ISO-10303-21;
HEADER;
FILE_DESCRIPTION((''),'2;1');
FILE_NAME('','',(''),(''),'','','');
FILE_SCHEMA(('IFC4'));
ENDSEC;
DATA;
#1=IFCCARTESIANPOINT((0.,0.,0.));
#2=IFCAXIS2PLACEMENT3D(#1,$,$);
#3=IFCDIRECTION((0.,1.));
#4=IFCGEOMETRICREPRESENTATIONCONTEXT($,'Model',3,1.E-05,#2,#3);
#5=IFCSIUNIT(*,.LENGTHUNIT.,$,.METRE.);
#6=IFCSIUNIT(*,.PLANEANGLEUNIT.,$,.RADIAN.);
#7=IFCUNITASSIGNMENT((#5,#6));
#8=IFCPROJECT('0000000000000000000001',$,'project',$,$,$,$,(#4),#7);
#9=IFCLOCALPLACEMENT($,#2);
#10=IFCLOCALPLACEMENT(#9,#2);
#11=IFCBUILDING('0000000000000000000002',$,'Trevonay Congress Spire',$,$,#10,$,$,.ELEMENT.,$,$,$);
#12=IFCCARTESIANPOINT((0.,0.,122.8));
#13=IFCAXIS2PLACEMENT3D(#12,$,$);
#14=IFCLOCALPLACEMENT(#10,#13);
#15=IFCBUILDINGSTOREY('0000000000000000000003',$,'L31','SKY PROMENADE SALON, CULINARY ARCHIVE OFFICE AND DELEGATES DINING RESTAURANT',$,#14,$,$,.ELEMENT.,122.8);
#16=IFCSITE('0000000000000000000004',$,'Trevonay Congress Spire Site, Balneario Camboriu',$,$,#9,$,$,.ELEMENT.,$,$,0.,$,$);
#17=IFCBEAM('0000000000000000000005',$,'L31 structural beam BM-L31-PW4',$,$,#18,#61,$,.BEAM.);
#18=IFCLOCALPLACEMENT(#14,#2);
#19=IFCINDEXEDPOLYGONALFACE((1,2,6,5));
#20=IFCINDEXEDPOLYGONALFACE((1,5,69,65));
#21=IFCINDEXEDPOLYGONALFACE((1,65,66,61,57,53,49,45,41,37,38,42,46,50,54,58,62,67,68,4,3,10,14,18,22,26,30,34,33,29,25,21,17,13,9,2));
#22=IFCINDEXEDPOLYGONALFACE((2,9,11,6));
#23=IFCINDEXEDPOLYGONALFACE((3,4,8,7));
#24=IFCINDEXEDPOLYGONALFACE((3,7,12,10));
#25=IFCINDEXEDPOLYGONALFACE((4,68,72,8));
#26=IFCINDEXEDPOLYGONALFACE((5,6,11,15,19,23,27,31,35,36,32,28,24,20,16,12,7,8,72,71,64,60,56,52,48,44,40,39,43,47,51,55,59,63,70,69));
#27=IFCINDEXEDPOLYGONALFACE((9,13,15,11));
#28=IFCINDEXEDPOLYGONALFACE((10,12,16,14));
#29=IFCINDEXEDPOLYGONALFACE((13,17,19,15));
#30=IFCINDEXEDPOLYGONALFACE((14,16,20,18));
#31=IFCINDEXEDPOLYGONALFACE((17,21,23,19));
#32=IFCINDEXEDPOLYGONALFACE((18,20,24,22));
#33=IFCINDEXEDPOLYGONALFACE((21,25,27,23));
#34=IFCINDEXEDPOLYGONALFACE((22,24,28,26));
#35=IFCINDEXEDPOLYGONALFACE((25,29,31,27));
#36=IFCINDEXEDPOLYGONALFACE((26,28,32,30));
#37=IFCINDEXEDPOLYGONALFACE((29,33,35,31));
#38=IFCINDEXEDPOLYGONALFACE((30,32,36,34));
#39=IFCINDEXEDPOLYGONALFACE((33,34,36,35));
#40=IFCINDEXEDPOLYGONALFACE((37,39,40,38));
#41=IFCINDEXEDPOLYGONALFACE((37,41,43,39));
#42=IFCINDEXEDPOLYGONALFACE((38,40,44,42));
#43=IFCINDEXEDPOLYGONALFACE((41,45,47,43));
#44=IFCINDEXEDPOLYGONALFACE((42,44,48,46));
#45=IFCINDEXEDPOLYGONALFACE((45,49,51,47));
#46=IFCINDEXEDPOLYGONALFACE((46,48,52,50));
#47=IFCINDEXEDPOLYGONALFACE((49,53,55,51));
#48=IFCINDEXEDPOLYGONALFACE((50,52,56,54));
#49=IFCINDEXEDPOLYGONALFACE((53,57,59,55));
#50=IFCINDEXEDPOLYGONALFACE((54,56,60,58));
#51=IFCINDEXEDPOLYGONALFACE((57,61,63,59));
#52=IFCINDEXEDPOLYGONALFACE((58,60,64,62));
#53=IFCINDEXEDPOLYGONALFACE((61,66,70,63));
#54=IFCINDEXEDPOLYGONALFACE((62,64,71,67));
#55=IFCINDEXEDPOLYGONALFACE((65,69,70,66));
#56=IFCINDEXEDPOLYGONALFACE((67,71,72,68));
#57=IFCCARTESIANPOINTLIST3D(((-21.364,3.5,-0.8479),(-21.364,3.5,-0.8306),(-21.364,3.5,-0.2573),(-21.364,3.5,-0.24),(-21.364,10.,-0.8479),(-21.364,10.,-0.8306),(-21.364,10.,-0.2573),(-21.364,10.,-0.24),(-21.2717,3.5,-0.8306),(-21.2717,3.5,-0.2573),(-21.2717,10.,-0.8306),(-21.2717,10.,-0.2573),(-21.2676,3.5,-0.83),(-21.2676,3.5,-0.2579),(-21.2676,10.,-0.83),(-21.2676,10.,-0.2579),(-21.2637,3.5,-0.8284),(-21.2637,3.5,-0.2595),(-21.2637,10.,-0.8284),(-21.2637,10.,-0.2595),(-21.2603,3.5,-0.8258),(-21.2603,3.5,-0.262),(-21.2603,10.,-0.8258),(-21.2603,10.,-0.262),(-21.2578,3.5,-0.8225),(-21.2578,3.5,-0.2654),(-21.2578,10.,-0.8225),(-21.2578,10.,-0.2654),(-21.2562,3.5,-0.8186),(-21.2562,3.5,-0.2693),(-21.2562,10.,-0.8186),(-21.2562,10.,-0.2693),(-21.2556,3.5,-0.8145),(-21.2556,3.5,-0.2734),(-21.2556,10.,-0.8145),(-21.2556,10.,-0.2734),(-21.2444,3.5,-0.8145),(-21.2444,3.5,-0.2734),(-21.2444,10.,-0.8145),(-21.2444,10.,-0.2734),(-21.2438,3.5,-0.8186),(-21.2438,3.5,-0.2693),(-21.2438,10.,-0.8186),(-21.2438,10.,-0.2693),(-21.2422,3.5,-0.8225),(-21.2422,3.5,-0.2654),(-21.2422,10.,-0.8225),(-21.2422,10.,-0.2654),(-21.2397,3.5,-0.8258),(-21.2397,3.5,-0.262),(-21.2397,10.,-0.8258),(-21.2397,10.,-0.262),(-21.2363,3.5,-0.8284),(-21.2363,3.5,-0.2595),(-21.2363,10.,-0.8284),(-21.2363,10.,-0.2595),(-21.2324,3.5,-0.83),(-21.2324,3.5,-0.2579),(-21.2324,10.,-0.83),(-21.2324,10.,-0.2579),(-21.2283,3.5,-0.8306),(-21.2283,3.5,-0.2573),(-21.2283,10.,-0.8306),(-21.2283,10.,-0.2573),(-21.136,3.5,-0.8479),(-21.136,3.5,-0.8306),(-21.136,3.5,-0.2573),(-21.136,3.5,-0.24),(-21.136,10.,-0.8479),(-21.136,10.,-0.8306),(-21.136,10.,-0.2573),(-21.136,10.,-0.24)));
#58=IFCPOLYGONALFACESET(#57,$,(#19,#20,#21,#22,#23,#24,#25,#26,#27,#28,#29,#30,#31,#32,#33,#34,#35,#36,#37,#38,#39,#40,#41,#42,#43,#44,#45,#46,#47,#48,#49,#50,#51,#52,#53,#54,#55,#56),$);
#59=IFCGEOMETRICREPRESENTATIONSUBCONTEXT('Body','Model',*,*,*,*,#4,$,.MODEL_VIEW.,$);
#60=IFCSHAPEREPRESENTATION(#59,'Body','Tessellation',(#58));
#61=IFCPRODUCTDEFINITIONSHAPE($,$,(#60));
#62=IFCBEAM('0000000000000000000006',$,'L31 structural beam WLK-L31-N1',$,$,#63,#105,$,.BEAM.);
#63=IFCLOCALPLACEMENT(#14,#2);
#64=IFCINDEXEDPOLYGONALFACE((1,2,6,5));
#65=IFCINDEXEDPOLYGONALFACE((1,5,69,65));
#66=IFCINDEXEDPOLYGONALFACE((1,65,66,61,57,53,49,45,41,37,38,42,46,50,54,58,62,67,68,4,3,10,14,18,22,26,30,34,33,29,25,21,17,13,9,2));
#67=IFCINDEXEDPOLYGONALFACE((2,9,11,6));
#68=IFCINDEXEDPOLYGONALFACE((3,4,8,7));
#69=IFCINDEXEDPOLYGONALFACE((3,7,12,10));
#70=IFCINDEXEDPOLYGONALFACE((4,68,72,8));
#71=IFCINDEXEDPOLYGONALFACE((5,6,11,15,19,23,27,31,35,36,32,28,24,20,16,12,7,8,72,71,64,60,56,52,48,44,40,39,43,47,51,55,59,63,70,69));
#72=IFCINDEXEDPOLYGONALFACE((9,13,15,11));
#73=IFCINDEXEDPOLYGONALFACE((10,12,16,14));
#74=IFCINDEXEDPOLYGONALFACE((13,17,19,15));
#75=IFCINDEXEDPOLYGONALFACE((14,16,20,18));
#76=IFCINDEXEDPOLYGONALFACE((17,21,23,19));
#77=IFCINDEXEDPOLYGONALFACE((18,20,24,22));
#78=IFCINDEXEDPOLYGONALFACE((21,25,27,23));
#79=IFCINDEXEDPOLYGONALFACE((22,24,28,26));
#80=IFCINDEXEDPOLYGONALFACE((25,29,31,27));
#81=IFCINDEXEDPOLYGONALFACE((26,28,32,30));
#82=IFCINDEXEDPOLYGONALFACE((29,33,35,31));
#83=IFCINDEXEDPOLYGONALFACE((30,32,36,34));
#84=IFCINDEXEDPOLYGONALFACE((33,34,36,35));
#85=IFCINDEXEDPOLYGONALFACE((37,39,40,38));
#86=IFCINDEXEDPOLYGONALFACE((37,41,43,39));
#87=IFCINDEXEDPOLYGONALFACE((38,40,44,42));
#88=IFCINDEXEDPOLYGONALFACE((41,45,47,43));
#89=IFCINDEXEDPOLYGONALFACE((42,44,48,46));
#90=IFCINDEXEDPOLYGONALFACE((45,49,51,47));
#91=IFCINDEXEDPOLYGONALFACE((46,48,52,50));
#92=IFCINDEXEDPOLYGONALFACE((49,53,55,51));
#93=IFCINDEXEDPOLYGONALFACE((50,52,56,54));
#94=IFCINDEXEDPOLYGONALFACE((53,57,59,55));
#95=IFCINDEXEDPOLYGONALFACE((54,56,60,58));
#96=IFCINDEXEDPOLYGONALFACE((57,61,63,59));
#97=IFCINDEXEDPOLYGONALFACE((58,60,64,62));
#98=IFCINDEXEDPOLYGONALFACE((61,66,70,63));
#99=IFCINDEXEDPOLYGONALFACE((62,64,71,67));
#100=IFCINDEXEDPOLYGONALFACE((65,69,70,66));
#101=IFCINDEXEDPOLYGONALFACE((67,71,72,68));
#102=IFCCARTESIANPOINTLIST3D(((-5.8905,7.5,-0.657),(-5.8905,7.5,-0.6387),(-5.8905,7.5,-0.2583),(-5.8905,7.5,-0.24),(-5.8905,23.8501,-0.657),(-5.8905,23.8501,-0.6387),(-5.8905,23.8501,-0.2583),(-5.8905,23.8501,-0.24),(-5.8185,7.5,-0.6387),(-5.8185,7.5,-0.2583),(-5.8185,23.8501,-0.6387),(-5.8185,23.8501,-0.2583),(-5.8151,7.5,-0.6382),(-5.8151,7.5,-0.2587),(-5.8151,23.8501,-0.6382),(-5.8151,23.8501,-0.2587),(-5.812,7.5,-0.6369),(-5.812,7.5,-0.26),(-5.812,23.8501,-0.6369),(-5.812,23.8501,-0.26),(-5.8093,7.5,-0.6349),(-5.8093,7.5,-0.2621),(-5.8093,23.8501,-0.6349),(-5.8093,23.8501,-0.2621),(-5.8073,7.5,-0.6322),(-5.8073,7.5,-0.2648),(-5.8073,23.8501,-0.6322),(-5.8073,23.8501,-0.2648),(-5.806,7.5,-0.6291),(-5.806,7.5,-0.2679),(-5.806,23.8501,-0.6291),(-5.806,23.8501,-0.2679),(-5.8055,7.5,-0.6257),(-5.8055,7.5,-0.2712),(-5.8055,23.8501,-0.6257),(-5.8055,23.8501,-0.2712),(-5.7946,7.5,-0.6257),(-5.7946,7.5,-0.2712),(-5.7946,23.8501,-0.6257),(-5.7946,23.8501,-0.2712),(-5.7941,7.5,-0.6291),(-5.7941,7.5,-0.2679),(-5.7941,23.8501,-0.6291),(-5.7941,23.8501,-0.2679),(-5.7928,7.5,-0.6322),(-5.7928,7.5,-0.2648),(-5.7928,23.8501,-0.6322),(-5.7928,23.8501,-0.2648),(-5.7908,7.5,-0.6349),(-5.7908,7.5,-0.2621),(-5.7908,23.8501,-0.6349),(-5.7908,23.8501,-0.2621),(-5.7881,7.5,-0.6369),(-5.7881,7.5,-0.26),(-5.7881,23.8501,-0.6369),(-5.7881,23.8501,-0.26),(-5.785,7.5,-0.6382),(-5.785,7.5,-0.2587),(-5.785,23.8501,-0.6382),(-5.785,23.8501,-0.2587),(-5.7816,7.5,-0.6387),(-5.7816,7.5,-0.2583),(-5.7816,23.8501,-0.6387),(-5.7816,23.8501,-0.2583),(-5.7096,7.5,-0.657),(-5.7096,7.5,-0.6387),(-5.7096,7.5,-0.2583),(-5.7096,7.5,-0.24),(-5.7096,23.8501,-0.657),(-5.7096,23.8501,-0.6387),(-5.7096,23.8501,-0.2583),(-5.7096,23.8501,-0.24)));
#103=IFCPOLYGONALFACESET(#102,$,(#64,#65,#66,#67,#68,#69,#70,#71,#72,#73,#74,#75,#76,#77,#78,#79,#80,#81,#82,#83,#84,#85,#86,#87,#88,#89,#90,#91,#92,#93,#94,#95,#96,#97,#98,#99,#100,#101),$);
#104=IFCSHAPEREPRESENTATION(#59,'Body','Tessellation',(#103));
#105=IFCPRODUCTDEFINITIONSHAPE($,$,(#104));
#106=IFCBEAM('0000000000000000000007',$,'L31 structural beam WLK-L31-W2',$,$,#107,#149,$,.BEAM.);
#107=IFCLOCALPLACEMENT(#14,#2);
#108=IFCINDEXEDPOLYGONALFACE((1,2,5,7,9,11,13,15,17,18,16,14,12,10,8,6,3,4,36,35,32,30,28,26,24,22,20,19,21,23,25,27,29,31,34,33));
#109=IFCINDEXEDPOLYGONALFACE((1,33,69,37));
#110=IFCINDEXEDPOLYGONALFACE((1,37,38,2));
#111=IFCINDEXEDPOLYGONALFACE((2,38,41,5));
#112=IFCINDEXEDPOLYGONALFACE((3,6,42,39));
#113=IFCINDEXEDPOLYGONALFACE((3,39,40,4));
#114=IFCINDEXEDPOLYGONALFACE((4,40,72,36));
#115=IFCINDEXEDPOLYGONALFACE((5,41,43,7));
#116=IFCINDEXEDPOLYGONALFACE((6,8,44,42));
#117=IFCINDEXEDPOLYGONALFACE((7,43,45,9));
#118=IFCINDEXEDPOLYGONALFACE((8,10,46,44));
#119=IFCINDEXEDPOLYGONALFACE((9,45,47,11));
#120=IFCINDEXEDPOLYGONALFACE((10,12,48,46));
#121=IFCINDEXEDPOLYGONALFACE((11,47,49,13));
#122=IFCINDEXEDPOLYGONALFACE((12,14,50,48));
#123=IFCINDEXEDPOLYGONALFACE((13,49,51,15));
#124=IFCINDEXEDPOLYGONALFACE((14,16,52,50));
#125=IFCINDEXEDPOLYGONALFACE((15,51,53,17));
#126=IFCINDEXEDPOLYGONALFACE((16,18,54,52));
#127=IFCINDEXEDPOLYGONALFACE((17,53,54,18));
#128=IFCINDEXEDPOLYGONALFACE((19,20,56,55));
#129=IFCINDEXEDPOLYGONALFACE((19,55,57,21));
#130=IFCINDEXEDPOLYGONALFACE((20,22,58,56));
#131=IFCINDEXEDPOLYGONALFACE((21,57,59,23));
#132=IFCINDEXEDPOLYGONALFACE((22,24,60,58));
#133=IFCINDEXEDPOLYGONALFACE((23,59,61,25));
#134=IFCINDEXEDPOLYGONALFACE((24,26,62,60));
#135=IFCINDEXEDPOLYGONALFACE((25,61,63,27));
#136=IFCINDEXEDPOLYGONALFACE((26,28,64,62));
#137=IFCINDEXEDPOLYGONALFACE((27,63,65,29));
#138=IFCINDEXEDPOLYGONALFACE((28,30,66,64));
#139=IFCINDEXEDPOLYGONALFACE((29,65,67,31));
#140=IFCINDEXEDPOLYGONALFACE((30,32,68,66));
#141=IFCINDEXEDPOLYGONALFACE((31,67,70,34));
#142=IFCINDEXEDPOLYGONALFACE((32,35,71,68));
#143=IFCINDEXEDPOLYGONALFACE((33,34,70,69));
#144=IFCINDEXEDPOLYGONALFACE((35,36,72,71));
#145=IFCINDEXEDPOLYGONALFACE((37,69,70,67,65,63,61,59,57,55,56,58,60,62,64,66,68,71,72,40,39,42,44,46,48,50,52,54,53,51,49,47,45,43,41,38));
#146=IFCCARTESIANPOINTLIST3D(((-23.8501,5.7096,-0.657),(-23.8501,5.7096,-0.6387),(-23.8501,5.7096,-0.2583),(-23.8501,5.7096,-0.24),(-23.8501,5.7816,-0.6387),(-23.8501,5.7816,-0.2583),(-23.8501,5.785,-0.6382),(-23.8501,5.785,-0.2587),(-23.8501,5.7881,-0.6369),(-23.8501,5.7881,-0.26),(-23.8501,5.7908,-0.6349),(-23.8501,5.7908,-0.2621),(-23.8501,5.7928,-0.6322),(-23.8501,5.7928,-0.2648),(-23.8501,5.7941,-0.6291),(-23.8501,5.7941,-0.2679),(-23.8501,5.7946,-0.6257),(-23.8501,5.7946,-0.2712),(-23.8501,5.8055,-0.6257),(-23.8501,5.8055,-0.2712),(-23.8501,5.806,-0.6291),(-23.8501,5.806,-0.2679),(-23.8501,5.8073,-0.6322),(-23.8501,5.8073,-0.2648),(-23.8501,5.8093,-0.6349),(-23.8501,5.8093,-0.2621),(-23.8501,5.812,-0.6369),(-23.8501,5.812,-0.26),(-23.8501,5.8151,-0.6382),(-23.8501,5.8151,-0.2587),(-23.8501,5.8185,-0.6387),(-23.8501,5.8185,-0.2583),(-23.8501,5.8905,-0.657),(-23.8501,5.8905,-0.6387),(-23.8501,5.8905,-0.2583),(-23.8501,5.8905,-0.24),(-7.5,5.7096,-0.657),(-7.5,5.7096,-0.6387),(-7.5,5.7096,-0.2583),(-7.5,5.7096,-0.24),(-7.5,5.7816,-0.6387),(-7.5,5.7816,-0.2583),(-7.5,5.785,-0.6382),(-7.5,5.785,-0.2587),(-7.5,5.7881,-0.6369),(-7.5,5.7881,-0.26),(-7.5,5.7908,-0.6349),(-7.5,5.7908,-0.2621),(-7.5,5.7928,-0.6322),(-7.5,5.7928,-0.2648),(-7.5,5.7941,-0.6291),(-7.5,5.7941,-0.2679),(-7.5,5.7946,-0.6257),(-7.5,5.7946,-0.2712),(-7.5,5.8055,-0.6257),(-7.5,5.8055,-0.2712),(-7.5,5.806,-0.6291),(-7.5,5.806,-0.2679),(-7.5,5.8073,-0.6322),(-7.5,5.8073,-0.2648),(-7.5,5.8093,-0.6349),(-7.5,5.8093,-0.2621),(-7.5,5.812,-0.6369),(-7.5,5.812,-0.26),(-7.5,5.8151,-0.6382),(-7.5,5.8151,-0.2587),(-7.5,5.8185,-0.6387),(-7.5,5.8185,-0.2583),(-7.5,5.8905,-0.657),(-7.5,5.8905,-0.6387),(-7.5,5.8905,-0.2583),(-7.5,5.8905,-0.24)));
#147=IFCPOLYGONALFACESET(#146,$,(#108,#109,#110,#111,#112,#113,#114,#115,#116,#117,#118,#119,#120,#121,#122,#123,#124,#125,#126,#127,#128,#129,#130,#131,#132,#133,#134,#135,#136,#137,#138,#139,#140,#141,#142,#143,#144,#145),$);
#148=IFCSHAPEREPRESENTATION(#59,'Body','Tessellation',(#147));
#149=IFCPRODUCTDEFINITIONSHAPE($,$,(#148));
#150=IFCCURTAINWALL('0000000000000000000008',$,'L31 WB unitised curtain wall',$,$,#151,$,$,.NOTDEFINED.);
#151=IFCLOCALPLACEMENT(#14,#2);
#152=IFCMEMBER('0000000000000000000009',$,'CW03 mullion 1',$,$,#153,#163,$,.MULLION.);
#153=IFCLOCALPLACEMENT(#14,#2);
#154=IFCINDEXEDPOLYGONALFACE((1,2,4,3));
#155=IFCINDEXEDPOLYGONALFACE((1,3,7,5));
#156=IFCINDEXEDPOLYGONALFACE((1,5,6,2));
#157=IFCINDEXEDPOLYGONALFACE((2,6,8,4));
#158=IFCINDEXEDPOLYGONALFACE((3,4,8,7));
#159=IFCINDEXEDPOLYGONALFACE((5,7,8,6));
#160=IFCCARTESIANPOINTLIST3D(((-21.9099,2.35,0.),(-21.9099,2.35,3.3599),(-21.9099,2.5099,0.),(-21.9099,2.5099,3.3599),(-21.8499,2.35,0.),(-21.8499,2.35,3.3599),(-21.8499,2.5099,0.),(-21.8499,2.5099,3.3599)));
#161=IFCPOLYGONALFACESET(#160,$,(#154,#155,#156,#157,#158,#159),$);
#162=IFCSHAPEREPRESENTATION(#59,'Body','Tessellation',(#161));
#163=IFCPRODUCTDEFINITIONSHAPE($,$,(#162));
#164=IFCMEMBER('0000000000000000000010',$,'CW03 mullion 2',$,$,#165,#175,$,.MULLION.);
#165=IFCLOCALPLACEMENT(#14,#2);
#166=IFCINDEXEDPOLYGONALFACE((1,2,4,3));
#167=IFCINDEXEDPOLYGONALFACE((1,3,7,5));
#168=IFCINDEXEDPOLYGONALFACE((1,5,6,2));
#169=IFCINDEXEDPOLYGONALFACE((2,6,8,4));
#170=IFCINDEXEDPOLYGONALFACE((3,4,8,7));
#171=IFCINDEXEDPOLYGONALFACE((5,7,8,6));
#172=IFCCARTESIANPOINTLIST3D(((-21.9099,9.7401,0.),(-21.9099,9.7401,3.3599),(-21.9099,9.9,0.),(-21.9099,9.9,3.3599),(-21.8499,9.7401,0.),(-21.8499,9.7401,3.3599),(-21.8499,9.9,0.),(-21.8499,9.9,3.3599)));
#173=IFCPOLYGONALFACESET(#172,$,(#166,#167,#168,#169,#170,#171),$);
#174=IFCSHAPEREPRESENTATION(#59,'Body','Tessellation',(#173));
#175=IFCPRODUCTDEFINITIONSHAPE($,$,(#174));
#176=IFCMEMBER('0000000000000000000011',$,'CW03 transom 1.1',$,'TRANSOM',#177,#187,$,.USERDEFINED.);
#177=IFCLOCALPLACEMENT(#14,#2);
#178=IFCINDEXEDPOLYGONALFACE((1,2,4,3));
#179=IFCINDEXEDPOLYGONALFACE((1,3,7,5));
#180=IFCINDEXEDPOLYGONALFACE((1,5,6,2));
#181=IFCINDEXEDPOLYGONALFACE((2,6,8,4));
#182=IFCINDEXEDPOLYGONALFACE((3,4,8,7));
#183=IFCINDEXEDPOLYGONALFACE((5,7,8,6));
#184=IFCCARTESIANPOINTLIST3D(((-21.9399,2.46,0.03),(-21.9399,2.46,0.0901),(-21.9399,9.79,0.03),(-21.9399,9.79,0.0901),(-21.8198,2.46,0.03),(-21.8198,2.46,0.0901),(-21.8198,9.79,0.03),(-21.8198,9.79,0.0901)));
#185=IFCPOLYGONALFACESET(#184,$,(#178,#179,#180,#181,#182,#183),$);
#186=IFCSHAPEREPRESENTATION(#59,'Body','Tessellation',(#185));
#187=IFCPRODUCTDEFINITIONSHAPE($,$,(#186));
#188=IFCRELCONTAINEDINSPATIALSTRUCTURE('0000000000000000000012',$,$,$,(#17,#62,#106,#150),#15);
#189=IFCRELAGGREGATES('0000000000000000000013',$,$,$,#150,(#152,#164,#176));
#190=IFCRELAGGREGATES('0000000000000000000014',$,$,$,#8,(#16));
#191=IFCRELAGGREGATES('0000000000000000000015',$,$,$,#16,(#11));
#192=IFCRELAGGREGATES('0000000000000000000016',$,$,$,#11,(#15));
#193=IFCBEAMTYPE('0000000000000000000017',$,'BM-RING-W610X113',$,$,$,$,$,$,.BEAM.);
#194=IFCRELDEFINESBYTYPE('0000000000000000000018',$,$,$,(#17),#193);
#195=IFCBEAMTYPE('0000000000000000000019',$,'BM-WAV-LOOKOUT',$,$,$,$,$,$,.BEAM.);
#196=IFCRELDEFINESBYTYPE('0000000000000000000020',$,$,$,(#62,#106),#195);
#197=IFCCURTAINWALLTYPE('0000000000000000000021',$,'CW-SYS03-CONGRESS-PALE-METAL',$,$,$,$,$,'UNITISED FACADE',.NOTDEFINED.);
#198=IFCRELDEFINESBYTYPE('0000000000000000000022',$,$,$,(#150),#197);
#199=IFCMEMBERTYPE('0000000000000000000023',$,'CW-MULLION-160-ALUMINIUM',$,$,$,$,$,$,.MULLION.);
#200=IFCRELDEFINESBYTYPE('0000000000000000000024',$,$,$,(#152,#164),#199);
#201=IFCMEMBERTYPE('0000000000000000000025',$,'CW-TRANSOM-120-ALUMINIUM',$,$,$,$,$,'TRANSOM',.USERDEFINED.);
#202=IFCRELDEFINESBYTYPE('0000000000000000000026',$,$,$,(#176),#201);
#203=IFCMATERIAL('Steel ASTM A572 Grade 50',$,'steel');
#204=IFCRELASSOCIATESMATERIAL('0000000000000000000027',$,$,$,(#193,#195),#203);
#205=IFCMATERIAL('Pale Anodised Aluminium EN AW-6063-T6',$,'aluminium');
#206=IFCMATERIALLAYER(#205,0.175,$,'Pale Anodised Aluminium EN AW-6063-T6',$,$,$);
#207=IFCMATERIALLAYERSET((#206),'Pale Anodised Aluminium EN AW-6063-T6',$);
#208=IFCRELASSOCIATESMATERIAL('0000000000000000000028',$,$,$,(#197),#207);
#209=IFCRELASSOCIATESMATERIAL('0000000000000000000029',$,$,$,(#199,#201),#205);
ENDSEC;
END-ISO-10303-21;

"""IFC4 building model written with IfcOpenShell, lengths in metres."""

from ifc_helpers import new_model, si_unit, direction, frame, origin, origin_2d, place, context, subcontext, project, spatial, rectangle, i_section, extrude, material, layer, layer_set, material_profile, profile_set, type_object, element, aggregate, save


model = new_model("IFC4")

# Units and contexts
model_context = context("Model", 3, precision=1e-05, world=origin(), true_north=direction((0.0, 1.0)))
body_context = subcontext(model_context, "Body", "Model", "MODEL_VIEW")
ifc_project = project(units=[si_unit("LENGTHUNIT", "METRE"), si_unit("PLANEANGLEUNIT", "RADIAN")], contexts=[model_context])

# Site, building, storey
site_placement = place(None, origin())
site = spatial("IfcSite", under=ifc_project, at=site_placement, Name="Trevonay Congress Spire Site, Balneario Camboriu", CompositionType="ELEMENT", RefElevation=0.0)
building_placement = place(site_placement, origin())
building = spatial("IfcBuilding", under=site, at=building_placement, Name="Trevonay Congress Spire", CompositionType="ELEMENT")
storey_placement = place(building_placement, frame((0.0, 0.0, 122.8)))
storey = spatial("IfcBuildingStorey", under=building, at=storey_placement, Name="L31", Description="SKY PROMENADE SALON, CULINARY ARCHIVE OFFICE AND DELEGATES DINING RESTAURANT", CompositionType="ELEMENT", Elevation=122.8)

# Shared definitions
ifc_material_1 = material(Name="Steel ASTM A572 Grade 50", Category="steel")

# Beams
ifc_material_profile_1 = material_profile(ifc_material_1, i_section(OverallWidth=0.228, OverallDepth=0.6079, WebThickness=0.0112, FlangeThickness=0.0173, FilletRadius=0.0161, at=origin_2d()), Name="W610x113")
ifc_profile_set_1 = profile_set([ifc_material_profile_1], Name="Steel ASTM A572 Grade 50")
beam_type_1 = type_object("IfcBeamType", Name="BM-RING-W610X113", PredefinedType="BEAM", material=ifc_profile_set_1)
beam_1_placement = place(storey_placement, frame((-21.25, 3.5, -0.5439), z_axis=(0.0, 1.0, 0.0), x_axis=(-1.0, 0.0, 0.0)))
element("IfcBeam", 1, at=beam_1_placement, inside=storey, type_object=beam_type_1, Name="L31 structural beam BM-L31-PW4", PredefinedType="BEAM", context=body_context, shape_type="SweptSolid", body=[
    extrude(i_section(OverallWidth=0.228, OverallDepth=0.6079, WebThickness=0.0112, FlangeThickness=0.0173, FilletRadius=0.0161, at=origin_2d()), origin(), (0.0, 0.0, 1.0), 6.5),
])
ifc_material_profile_2 = material_profile(ifc_material_1, i_section(OverallWidth=0.1809, OverallDepth=0.417, WebThickness=0.011, FlangeThickness=0.0183, FilletRadius=0.0129, at=origin_2d()), Name="W410x85")
ifc_profile_set_2 = profile_set([ifc_material_profile_2], Name="Steel ASTM A572 Grade 50")
beam_type_2 = type_object("IfcBeamType", Name="BM-WAV-LOOKOUT", PredefinedType="BEAM", material=ifc_profile_set_2)
for number, where, z_axis, x_axis, name in (
    (2, (-5.8, 7.5, -0.4485), (0.0, 1.0, 0.0), (-1.0, 0.0, 0.0), "L31 structural beam WLK-L31-N1"),
    (3, (-7.5, 5.8, -0.4485), (-1.0, 0.0, 0.0), (0.0, -1.0, 0.0), "L31 structural beam WLK-L31-W2"),
):
    element("IfcBeam", number, at=place(storey_placement, frame(where, z_axis=z_axis, x_axis=x_axis)), inside=storey, type_object=beam_type_2, Name=name, PredefinedType="BEAM", context=body_context, shape_type="SweptSolid", body=[
        extrude(i_section(OverallWidth=0.1809, OverallDepth=0.417, WebThickness=0.011, FlangeThickness=0.0183, FilletRadius=0.0129, at=origin_2d()), origin(), (0.0, 0.0, 1.0), 16.3501),
    ])

# Curtain wall, members
ifc_material_2 = material(Name="Pale Anodised Aluminium EN AW-6063-T6", Category="aluminium")
ifc_layer_1 = layer(ifc_material_2, 0.175, Name="Pale Anodised Aluminium EN AW-6063-T6")
ifc_layer_set_1 = layer_set([ifc_layer_1], Name="Pale Anodised Aluminium EN AW-6063-T6")
curtain_wall_type = type_object("IfcCurtainWallType", Name="CW-SYS03-CONGRESS-PALE-METAL", ElementType="UNITISED FACADE", PredefinedType="NOTDEFINED", material=ifc_layer_set_1)
curtain_wall_placement = place(storey_placement, origin())
curtain_wall = element("IfcCurtainWall", 4, at=curtain_wall_placement, inside=storey, type_object=curtain_wall_type, Name="L31 WB unitised curtain wall", PredefinedType="NOTDEFINED")
ifc_material_profile_3 = material_profile(ifc_material_2, rectangle(XDim=0.0601, YDim=0.1599, at=origin_2d()), Name="CW-MULLION-160-ALUMINIUM")
ifc_profile_set_3 = profile_set([ifc_material_profile_3], Name="Pale Anodised Aluminium EN AW-6063-T6")
member_type_1 = type_object("IfcMemberType", Name="CW-MULLION-160-ALUMINIUM", PredefinedType="MULLION", material=ifc_profile_set_3)
member_1_placement = place(storey_placement, frame((-21.8799, 2.4299, 0.0), z_axis=(0.0, 0.0, 1.0), x_axis=(-1.0, 0.0, 0.0)))
member_1 = element("IfcMember", 5, at=member_1_placement, type_object=member_type_1, Name="CW03 mullion 1", PredefinedType="MULLION", context=body_context, shape_type="SweptSolid", body=[
    extrude(rectangle(XDim=0.0601, YDim=0.1599, at=origin_2d()), origin(), (0.0, 0.0, 1.0), 3.3599),
])
member_2_placement = place(storey_placement, frame((-21.8799, 9.8201, 0.0), z_axis=(0.0, 0.0, 1.0), x_axis=(-1.0, 0.0, 0.0)))
member_2 = element("IfcMember", 6, at=member_2_placement, type_object=member_type_1, Name="CW03 mullion 2", PredefinedType="MULLION", context=body_context, shape_type="SweptSolid", body=[
    extrude(rectangle(XDim=0.0601, YDim=0.1599, at=origin_2d()), origin(), (0.0, 0.0, 1.0), 3.3599),
])
ifc_material_profile_4 = material_profile(ifc_material_2, rectangle(XDim=0.1201, YDim=0.0601, at=origin_2d()), Name="CW-TRANSOM-120-ALUMINIUM")
ifc_profile_set_4 = profile_set([ifc_material_profile_4], Name="Pale Anodised Aluminium EN AW-6063-T6")
member_type_2 = type_object("IfcMemberType", Name="CW-TRANSOM-120-ALUMINIUM", ElementType="TRANSOM", PredefinedType="USERDEFINED", material=ifc_profile_set_4)
member_3_placement = place(storey_placement, frame((-21.8799, 2.46, 0.0601), z_axis=(0.0, 1.0, 0.0), x_axis=(-1.0, 0.0, 0.0)))
member_3 = element("IfcMember", 7, at=member_3_placement, type_object=member_type_2, Name="CW03 transom 1.1", ObjectType="TRANSOM", PredefinedType="USERDEFINED", context=body_context, shape_type="SweptSolid", body=[
    extrude(rectangle(XDim=0.1201, YDim=0.0601, at=origin_2d()), origin(), (0.0, 0.0, 1.0), 7.3301),
])
aggregate(curtain_wall, [member_1, member_2, member_3])

save(model, "model.ifc")
